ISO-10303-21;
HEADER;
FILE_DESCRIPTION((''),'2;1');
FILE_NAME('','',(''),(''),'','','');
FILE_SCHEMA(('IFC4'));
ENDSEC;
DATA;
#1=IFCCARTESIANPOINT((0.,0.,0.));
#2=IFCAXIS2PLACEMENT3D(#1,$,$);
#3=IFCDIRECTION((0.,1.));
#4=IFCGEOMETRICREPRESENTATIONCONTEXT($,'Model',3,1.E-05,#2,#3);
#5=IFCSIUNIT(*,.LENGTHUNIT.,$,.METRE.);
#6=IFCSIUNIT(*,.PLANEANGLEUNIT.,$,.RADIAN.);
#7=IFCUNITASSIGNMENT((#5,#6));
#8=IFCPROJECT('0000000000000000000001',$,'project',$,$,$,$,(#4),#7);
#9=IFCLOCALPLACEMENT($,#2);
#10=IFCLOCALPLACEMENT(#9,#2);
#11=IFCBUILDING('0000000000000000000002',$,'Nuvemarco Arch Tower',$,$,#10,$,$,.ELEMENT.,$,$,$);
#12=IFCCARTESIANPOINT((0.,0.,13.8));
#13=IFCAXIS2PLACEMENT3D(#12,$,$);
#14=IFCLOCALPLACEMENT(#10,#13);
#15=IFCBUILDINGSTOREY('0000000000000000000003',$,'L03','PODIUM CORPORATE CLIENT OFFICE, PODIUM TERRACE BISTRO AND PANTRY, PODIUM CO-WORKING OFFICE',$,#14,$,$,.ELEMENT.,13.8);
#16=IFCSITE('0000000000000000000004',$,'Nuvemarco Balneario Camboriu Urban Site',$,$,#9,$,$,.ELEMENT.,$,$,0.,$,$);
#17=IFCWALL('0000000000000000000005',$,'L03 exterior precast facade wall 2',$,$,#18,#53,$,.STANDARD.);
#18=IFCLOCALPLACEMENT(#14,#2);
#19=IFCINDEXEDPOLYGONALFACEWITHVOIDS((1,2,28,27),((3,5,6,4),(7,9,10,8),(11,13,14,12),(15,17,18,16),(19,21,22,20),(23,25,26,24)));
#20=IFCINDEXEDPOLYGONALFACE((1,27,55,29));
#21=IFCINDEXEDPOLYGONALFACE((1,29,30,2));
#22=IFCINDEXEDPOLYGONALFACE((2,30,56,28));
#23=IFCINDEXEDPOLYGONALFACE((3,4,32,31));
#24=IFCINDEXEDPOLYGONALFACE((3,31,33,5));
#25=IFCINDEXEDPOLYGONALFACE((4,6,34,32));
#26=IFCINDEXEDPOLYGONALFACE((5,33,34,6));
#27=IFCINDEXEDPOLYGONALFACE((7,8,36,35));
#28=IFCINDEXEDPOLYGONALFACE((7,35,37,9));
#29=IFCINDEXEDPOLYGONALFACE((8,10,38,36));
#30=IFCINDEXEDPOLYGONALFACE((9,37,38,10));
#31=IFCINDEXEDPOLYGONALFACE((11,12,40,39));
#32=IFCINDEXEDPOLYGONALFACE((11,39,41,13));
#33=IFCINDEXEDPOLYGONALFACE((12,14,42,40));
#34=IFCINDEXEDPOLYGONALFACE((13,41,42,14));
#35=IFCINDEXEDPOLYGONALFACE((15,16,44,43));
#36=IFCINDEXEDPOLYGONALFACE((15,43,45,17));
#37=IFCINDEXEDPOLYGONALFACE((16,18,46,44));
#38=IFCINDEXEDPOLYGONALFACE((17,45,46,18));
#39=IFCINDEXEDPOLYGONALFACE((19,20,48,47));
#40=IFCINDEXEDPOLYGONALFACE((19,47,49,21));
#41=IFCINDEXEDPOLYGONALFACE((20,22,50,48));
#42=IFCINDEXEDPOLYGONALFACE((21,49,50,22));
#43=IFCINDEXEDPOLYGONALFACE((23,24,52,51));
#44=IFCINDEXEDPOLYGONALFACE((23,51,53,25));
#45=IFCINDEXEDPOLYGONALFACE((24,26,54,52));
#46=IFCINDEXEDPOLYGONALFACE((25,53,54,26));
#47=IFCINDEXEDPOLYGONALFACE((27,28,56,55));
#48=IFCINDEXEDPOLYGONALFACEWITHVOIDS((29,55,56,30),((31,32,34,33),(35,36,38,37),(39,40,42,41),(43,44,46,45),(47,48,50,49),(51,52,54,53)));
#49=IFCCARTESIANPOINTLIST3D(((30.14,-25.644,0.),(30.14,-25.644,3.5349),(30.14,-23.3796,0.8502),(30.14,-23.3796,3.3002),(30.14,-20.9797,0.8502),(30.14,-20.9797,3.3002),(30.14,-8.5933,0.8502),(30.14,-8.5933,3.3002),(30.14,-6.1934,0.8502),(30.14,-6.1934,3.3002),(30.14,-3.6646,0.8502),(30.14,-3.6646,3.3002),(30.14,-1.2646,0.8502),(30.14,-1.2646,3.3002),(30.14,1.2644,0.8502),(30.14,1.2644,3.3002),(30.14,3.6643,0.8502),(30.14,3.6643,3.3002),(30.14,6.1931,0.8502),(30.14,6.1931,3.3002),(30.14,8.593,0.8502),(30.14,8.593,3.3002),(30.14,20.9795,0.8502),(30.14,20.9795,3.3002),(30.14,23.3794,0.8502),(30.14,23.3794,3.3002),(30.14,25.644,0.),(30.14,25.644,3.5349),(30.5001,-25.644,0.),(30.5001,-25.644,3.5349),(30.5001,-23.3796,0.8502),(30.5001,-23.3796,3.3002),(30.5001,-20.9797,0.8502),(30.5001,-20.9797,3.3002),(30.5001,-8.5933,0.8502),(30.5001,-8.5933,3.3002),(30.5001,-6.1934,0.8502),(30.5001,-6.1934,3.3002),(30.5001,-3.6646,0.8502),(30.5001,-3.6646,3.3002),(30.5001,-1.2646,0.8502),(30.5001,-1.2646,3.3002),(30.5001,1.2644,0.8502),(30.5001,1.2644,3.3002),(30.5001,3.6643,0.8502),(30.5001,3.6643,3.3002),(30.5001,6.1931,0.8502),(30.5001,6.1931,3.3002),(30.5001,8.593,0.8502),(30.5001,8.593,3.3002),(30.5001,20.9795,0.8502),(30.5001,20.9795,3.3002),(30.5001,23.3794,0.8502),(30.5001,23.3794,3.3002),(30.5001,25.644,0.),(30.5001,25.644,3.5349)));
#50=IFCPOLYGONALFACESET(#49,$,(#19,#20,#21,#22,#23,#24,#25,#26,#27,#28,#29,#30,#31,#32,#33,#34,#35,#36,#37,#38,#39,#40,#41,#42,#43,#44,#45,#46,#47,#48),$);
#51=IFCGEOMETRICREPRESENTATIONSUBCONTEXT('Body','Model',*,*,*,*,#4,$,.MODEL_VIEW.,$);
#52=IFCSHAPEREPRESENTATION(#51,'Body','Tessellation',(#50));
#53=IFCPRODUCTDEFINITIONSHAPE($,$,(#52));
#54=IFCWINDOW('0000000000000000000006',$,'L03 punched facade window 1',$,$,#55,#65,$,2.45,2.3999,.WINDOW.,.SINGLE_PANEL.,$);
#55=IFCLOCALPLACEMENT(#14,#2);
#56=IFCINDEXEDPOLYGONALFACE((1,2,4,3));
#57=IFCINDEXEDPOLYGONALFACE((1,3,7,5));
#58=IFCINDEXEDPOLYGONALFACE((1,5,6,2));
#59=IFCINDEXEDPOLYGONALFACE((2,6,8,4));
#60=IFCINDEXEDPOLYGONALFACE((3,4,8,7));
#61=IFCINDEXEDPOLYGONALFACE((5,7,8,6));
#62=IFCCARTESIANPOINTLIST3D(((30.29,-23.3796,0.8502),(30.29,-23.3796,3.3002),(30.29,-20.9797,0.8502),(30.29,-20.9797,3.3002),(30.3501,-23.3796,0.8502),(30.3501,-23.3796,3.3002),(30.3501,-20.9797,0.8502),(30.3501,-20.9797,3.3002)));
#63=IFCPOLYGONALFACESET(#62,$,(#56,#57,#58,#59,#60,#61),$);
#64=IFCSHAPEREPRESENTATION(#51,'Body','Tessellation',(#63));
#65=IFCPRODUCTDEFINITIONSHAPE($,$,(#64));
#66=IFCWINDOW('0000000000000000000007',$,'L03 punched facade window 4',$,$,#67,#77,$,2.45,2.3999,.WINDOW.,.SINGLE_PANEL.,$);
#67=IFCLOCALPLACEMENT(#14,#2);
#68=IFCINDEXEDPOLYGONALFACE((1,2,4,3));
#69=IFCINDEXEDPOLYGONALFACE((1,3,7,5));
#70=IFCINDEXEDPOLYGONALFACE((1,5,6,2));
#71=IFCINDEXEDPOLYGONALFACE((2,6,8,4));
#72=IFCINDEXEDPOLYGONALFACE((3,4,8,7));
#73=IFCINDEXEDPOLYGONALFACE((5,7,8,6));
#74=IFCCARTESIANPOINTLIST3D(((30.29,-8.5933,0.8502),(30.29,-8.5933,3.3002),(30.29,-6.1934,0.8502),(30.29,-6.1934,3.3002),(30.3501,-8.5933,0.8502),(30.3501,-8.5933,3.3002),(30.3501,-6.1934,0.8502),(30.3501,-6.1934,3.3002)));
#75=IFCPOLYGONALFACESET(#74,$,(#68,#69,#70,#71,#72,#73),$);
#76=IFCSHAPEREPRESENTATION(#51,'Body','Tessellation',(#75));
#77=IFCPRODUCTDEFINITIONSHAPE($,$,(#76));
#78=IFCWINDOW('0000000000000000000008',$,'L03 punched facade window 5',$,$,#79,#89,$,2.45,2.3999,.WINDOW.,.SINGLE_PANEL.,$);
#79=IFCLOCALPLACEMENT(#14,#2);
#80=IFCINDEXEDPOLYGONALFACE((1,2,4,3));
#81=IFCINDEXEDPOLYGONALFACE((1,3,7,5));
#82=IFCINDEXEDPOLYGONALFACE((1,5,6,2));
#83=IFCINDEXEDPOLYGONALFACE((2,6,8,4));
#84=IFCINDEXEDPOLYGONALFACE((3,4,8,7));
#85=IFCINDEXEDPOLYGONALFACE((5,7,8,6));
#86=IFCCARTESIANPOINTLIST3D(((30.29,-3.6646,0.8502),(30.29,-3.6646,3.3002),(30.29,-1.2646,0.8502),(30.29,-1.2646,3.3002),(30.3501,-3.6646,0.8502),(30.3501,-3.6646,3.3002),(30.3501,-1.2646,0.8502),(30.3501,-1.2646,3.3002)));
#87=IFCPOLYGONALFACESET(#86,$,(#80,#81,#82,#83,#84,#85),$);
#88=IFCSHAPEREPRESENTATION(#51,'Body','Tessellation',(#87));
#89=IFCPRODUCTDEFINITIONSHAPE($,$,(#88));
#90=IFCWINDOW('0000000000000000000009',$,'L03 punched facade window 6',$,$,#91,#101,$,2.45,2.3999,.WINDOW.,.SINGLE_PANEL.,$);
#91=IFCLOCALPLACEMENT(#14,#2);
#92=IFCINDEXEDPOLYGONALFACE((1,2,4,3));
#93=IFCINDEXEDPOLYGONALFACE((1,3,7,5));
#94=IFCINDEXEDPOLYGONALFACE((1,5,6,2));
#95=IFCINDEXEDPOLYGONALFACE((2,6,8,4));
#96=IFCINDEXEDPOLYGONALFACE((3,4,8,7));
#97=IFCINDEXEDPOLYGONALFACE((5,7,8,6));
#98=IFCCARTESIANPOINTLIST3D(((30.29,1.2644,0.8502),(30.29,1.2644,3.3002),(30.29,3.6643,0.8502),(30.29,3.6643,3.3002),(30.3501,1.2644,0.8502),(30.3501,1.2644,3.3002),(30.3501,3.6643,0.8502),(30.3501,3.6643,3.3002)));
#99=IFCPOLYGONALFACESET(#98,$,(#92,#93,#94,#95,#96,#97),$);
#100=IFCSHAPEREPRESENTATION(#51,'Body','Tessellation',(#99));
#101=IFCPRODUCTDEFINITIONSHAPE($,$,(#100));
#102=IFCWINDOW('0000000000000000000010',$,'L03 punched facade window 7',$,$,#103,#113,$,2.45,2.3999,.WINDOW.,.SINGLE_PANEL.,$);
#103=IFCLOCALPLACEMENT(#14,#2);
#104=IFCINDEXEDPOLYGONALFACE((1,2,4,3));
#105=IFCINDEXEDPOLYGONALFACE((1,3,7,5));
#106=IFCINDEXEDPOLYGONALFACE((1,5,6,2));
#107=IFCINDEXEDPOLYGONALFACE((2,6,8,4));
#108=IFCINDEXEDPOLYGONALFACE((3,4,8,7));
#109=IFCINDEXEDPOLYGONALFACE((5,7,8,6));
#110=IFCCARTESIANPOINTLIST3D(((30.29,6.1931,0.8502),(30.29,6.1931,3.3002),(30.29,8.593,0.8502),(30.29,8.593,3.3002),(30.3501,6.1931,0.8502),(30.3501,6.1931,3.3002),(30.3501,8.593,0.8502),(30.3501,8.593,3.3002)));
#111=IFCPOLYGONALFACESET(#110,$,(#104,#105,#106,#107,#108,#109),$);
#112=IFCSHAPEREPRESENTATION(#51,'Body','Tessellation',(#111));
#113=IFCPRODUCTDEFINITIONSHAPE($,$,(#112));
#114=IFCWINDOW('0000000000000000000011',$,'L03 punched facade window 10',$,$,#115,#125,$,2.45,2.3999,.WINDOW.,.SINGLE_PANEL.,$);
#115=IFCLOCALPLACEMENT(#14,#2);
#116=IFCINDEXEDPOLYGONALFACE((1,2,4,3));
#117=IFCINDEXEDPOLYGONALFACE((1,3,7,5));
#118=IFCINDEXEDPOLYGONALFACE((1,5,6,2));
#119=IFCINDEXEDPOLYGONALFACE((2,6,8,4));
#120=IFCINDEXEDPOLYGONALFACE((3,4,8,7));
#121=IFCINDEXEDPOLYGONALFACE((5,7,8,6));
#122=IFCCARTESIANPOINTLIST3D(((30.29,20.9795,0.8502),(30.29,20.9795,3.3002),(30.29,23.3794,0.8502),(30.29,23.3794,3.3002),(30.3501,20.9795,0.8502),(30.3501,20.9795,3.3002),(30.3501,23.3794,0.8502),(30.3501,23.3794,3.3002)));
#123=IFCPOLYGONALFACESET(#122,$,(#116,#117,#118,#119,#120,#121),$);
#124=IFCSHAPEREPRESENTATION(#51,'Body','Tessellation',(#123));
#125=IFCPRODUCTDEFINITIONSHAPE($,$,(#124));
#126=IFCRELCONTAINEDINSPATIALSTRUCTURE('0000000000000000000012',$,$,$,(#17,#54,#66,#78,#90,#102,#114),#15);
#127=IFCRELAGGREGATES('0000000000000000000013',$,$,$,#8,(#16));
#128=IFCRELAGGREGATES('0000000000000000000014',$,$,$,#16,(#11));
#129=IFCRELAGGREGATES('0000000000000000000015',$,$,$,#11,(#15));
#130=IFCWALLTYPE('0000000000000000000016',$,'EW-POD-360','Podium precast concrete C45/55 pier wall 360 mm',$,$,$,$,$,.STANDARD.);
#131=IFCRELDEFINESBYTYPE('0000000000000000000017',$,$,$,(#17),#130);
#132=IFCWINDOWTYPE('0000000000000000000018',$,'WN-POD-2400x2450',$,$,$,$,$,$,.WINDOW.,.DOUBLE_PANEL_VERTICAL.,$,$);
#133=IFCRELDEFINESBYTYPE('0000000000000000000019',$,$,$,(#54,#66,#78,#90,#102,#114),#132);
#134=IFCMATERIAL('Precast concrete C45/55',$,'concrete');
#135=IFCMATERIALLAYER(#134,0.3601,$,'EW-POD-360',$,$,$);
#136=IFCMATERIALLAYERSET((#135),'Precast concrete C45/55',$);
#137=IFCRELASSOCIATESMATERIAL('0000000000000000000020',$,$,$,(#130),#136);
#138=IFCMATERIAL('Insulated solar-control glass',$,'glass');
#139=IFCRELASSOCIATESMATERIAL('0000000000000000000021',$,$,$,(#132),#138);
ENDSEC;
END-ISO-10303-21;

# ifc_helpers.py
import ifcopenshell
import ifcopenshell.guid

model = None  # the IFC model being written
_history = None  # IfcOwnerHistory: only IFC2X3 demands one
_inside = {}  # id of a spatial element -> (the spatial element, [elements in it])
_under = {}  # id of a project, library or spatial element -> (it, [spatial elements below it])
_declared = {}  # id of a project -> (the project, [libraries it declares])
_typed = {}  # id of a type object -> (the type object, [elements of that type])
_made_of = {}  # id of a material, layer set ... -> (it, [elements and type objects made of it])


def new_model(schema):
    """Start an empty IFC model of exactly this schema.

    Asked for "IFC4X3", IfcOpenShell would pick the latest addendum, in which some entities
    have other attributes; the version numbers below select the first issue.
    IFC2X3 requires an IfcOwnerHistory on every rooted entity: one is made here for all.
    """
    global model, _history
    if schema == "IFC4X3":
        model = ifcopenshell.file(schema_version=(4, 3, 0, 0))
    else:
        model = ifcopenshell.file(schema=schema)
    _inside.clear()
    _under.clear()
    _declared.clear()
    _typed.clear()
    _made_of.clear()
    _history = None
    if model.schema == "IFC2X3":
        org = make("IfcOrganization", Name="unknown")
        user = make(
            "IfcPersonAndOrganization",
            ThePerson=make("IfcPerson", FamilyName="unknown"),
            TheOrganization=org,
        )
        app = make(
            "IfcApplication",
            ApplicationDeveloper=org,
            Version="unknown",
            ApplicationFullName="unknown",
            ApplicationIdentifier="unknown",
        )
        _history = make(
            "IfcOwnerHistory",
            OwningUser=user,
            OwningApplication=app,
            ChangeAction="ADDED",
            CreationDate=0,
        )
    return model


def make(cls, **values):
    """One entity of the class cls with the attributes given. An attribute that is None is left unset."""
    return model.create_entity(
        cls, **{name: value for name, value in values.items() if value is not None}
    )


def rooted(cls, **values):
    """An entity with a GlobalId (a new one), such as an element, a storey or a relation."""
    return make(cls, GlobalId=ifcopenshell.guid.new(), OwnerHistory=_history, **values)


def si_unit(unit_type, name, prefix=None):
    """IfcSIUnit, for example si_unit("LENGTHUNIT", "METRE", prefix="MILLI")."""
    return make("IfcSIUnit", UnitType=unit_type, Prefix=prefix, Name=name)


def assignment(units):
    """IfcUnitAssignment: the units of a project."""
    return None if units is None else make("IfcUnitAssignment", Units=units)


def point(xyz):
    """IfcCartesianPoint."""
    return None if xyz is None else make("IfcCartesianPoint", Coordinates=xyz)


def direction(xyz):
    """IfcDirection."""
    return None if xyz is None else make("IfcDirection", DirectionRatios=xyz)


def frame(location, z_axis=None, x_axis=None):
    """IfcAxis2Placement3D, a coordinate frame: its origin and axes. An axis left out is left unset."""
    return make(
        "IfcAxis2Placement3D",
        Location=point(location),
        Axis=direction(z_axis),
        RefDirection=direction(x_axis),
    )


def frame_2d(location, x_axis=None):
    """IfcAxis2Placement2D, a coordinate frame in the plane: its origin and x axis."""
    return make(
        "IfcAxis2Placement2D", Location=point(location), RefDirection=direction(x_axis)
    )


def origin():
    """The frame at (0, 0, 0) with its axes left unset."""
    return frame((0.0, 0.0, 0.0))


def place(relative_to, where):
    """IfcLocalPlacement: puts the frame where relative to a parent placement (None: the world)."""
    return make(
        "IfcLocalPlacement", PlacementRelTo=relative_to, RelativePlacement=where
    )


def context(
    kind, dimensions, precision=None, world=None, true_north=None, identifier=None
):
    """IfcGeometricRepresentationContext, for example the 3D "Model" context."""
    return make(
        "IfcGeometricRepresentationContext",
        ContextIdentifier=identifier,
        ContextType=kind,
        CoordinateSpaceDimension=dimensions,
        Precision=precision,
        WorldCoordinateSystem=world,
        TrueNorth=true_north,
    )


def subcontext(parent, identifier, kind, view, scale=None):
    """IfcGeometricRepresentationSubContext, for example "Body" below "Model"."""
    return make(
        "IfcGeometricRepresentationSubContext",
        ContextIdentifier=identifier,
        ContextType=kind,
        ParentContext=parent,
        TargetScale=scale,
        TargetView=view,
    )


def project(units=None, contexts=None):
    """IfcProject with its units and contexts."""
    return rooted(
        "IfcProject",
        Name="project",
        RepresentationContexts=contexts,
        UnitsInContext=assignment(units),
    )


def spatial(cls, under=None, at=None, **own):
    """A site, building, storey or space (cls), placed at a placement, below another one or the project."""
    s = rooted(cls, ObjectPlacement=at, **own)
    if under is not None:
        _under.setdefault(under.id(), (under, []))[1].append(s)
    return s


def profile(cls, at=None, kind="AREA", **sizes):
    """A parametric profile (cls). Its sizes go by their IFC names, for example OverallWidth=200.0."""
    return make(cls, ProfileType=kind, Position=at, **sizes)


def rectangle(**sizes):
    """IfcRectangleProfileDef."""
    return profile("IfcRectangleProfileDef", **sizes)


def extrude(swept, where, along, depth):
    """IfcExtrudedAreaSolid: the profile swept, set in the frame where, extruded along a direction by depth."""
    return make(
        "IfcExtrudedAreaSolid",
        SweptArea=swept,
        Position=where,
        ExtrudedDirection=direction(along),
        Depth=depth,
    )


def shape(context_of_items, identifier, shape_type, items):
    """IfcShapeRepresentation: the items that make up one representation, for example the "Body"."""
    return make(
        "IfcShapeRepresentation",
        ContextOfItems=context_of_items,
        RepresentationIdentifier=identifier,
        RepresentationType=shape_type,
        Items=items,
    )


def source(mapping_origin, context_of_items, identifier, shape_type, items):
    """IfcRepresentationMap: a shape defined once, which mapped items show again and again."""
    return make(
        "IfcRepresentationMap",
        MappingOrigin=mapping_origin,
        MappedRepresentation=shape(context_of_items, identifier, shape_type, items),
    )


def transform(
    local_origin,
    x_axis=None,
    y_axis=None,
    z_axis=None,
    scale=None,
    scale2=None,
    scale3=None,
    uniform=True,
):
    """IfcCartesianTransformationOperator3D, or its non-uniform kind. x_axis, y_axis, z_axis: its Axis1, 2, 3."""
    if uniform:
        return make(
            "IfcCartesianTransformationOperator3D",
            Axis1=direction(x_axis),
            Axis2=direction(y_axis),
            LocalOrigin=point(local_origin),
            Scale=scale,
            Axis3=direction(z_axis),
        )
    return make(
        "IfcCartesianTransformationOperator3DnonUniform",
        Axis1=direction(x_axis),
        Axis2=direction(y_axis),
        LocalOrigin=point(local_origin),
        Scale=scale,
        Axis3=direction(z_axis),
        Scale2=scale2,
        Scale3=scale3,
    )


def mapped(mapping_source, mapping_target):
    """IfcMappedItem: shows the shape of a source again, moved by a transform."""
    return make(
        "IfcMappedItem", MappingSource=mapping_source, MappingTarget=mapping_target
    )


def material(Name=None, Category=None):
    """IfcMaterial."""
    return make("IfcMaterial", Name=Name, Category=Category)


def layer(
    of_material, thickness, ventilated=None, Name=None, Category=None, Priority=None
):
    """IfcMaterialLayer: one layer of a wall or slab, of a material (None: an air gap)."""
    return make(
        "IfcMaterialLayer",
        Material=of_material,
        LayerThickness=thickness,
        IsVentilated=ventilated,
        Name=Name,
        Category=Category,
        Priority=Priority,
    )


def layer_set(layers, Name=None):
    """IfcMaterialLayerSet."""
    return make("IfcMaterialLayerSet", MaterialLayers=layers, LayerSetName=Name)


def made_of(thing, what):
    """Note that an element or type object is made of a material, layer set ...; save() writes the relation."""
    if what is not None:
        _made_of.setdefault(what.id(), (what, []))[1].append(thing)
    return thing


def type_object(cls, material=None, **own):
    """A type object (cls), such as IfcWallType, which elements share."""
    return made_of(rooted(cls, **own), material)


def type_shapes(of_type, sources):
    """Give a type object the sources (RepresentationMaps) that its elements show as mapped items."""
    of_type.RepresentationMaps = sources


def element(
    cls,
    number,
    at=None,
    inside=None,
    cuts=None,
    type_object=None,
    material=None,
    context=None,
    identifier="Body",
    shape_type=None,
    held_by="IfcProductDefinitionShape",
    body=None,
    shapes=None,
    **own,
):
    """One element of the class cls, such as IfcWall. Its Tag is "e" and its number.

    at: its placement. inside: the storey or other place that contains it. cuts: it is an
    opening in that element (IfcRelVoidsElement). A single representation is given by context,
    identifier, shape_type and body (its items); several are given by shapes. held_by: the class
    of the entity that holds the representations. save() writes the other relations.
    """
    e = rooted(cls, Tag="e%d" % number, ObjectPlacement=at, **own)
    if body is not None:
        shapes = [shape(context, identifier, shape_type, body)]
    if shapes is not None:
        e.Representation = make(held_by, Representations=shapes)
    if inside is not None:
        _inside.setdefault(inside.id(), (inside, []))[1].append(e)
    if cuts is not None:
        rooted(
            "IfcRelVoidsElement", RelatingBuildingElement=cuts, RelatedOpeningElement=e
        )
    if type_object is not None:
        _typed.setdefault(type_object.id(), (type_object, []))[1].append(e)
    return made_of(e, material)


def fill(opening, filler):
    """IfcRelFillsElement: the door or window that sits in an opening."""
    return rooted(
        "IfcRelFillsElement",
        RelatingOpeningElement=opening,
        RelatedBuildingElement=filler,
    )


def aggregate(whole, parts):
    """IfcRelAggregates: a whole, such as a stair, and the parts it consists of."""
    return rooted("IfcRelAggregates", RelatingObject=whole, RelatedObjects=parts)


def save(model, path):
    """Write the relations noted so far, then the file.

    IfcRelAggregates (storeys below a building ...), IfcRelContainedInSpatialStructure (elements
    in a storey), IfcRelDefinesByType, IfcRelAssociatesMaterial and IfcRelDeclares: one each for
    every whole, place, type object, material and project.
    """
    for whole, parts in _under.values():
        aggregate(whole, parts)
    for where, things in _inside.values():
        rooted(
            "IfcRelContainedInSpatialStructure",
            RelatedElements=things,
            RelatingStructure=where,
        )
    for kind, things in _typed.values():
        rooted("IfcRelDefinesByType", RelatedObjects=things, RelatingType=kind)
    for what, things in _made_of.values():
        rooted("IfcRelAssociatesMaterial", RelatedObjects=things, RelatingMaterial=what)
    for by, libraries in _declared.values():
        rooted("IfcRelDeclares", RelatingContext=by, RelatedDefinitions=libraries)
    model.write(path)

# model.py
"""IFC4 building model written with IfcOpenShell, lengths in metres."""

from ifc_helpers import new_model, si_unit, direction, frame, frame_2d, origin, place, context, subcontext, project, spatial, rectangle, extrude, source, transform, mapped, material, layer, layer_set, type_object, type_shapes, element, fill, save


model = new_model("IFC4")

# Units and contexts
model_context = context("Model", 3, precision=1e-05, world=origin(), true_north=direction((0.0, 1.0)))
body_context = subcontext(model_context, "Body", "Model", "MODEL_VIEW")
ifc_project = project(units=[si_unit("LENGTHUNIT", "METRE"), si_unit("PLANEANGLEUNIT", "RADIAN")], contexts=[model_context])

# Site, building, storey
site_placement = place(None, origin())
site = spatial("IfcSite", under=ifc_project, at=site_placement, Name="Nuvemarco Balneario Camboriu Urban Site", CompositionType="ELEMENT", RefElevation=0.0)
building_placement = place(site_placement, origin())
building = spatial("IfcBuilding", under=site, at=building_placement, Name="Nuvemarco Arch Tower", CompositionType="ELEMENT")
storey_placement = place(building_placement, frame((0.0, 0.0, 13.8)))
storey = spatial("IfcBuildingStorey", under=building, at=storey_placement, Name="L03", Description="PODIUM CORPORATE CLIENT OFFICE, PODIUM TERRACE BISTRO AND PANTRY, PODIUM CO-WORKING OFFICE", CompositionType="ELEMENT", Elevation=13.8)

# Shared definitions
ifc_material_1 = material(Name="Precast concrete C45/55", Category="concrete")

# Shared definitions
ifc_layer_1 = layer(ifc_material_1, 0.3601, Name="EW-POD-360")
ifc_layer_set_1 = layer_set([ifc_layer_1], Name="Precast concrete C45/55")
wall_type = type_object("IfcWallType", Name="EW-POD-360", Description="Podium precast concrete C45/55 pier wall 360 mm", PredefinedType="STANDARD", material=ifc_layer_set_1)
ifc_material_2 = material(Name="Insulated solar-control glass", Category="glass")

# Wall, openings, windows
wall_1_placement = place(storey_placement, frame((30.3201, -25.644, 0.0), z_axis=(0.0, 0.0, 1.0), x_axis=(0.0, 1.0, 0.0)))
wall_1 = element("IfcWall", 1, at=wall_1_placement, inside=storey, type_object=wall_type, Name="L03 exterior precast facade wall 2", PredefinedType="STANDARD", context=body_context, shape_type="SweptSolid", body=[
    extrude(rectangle(XDim=51.2881, YDim=0.3601, at=frame_2d((25.644, 0.0))), origin(), (0.0, 0.0, 1.0), 3.5349),
])
opening_1_placement = place(wall_1_placement, frame((2.2644, 0.0, 0.8501)))
opening_1 = element("IfcOpeningElement", 2, at=opening_1_placement, cuts=wall_1, PredefinedType="OPENING", context=body_context, shape_type="SweptSolid", body=[
    extrude(rectangle(XDim=2.3999, YDim=2.45, at=frame_2d((1.2, 1.2251))), frame((0.0, 0.1899, 0.0), z_axis=(0.0, -1.0, 0.0), x_axis=(1.0, 0.0, 0.0)), (0.0, 0.0, 1.0), 0.3801),
])
opening_2_placement = place(wall_1_placement, frame((17.0508, 0.0, 0.8501)))
opening_2 = element("IfcOpeningElement", 3, at=opening_2_placement, cuts=wall_1, PredefinedType="OPENING", context=body_context, shape_type="SweptSolid", body=[
    extrude(rectangle(XDim=2.3999, YDim=2.45, at=frame_2d((1.2, 1.2251))), frame((0.0, 0.1899, 0.0), z_axis=(0.0, -1.0, 0.0), x_axis=(1.0, 0.0, 0.0)), (0.0, 0.0, 1.0), 0.3801),
])
opening_3_placement = place(wall_1_placement, frame((21.9795, 0.0, 0.8501)))
opening_3 = element("IfcOpeningElement", 4, at=opening_3_placement, cuts=wall_1, PredefinedType="OPENING", context=body_context, shape_type="SweptSolid", body=[
    extrude(rectangle(XDim=2.3999, YDim=2.45, at=frame_2d((1.2, 1.2251))), frame((0.0, 0.1899, 0.0), z_axis=(0.0, -1.0, 0.0), x_axis=(1.0, 0.0, 0.0)), (0.0, 0.0, 1.0), 0.3801),
])
opening_4_placement = place(wall_1_placement, frame((26.9084, 0.0, 0.8501)))
opening_4 = element("IfcOpeningElement", 5, at=opening_4_placement, cuts=wall_1, PredefinedType="OPENING", context=body_context, shape_type="SweptSolid", body=[
    extrude(rectangle(XDim=2.3999, YDim=2.45, at=frame_2d((1.2, 1.2251))), frame((0.0, 0.1899, 0.0), z_axis=(0.0, -1.0, 0.0), x_axis=(1.0, 0.0, 0.0)), (0.0, 0.0, 1.0), 0.3801),
])
opening_5_placement = place(wall_1_placement, frame((31.8372, 0.0, 0.8501)))
opening_5 = element("IfcOpeningElement", 6, at=opening_5_placement, cuts=wall_1, PredefinedType="OPENING", context=body_context, shape_type="SweptSolid", body=[
    extrude(rectangle(XDim=2.3999, YDim=2.45, at=frame_2d((1.2, 1.2251))), frame((0.0, 0.1899, 0.0), z_axis=(0.0, -1.0, 0.0), x_axis=(1.0, 0.0, 0.0)), (0.0, 0.0, 1.0), 0.3801),
])
opening_6_placement = place(wall_1_placement, frame((46.6235, 0.0, 0.8501)))
opening_6 = element("IfcOpeningElement", 7, at=opening_6_placement, cuts=wall_1, PredefinedType="OPENING", context=body_context, shape_type="SweptSolid", body=[
    extrude(rectangle(XDim=2.3999, YDim=2.45, at=frame_2d((1.2, 1.2251))), frame((0.0, 0.1899, 0.0), z_axis=(0.0, -1.0, 0.0), x_axis=(1.0, 0.0, 0.0)), (0.0, 0.0, 1.0), 0.3801),
])
window_type_1 = type_object("IfcWindowType", Name="WN-POD-2400x2450", PartitioningType="DOUBLE_PANEL_VERTICAL", PredefinedType="WINDOW", material=ifc_material_2)
shared_shape_1 = source(origin(), body_context, "Body", "SweptSolid", [
    extrude(rectangle(XDim=2.3999, YDim=2.45, at=frame_2d((1.2, 1.2251))), frame((0.0, 0.03, 0.0), z_axis=(0.0, -1.0, 0.0), x_axis=(1.0, 0.0, 0.0)), (0.0, 0.0, 1.0), 0.0601),
])
type_shapes(window_type_1, [shared_shape_1])
window_1_placement = place(opening_1_placement, origin())
window_1 = element("IfcWindow", 8, at=window_1_placement, inside=storey, type_object=window_type_1, Name="L03 punched facade window 1", OverallHeight=2.45, OverallWidth=2.3999, PartitioningType="SINGLE_PANEL", PredefinedType="WINDOW", context=body_context, shape_type="MappedRepresentation", body=[
    mapped(shared_shape_1, transform((0.0, 0.0, 0.0), scale=1.0)),
])
fill(opening_1, window_1)
window_2_placement = place(opening_2_placement, origin())
window_2 = element("IfcWindow", 9, at=window_2_placement, inside=storey, type_object=window_type_1, Name="L03 punched facade window 4", OverallHeight=2.45, OverallWidth=2.3999, PartitioningType="SINGLE_PANEL", PredefinedType="WINDOW", context=body_context, shape_type="MappedRepresentation", body=[
    mapped(shared_shape_1, transform((0.0, 0.0, 0.0), scale=1.0)),
])
fill(opening_2, window_2)
window_3_placement = place(opening_3_placement, origin())
window_3 = element("IfcWindow", 10, at=window_3_placement, inside=storey, type_object=window_type_1, Name="L03 punched facade window 5", OverallHeight=2.45, OverallWidth=2.3999, PartitioningType="SINGLE_PANEL", PredefinedType="WINDOW", context=body_context, shape_type="MappedRepresentation", body=[
    mapped(shared_shape_1, transform((0.0, 0.0, 0.0), scale=1.0)),
])
fill(opening_3, window_3)
window_4_placement = place(opening_4_placement, origin())
window_4 = element("IfcWindow", 11, at=window_4_placement, inside=storey, type_object=window_type_1, Name="L03 punched facade window 6", OverallHeight=2.45, OverallWidth=2.3999, PartitioningType="SINGLE_PANEL", PredefinedType="WINDOW", context=body_context, shape_type="MappedRepresentation", body=[
    mapped(shared_shape_1, transform((0.0, 0.0, 0.0), scale=1.0)),
])
fill(opening_4, window_4)
window_5_placement = place(opening_5_placement, origin())
window_5 = element("IfcWindow", 12, at=window_5_placement, inside=storey, type_object=window_type_1, Name="L03 punched facade window 7", OverallHeight=2.45, OverallWidth=2.3999, PartitioningType="SINGLE_PANEL", PredefinedType="WINDOW", context=body_context, shape_type="MappedRepresentation", body=[
    mapped(shared_shape_1, transform((0.0, 0.0, 0.0), scale=1.0)),
])
fill(opening_5, window_5)
window_6_placement = place(opening_6_placement, origin())
window_6 = element("IfcWindow", 13, at=window_6_placement, inside=storey, type_object=window_type_1, Name="L03 punched facade window 10", OverallHeight=2.45, OverallWidth=2.3999, PartitioningType="SINGLE_PANEL", PredefinedType="WINDOW", context=body_context, shape_type="MappedRepresentation", body=[
    mapped(shared_shape_1, transform((0.0, 0.0, 0.0), scale=1.0)),
])
fill(opening_6, window_6)

save(model, "model.ifc")
